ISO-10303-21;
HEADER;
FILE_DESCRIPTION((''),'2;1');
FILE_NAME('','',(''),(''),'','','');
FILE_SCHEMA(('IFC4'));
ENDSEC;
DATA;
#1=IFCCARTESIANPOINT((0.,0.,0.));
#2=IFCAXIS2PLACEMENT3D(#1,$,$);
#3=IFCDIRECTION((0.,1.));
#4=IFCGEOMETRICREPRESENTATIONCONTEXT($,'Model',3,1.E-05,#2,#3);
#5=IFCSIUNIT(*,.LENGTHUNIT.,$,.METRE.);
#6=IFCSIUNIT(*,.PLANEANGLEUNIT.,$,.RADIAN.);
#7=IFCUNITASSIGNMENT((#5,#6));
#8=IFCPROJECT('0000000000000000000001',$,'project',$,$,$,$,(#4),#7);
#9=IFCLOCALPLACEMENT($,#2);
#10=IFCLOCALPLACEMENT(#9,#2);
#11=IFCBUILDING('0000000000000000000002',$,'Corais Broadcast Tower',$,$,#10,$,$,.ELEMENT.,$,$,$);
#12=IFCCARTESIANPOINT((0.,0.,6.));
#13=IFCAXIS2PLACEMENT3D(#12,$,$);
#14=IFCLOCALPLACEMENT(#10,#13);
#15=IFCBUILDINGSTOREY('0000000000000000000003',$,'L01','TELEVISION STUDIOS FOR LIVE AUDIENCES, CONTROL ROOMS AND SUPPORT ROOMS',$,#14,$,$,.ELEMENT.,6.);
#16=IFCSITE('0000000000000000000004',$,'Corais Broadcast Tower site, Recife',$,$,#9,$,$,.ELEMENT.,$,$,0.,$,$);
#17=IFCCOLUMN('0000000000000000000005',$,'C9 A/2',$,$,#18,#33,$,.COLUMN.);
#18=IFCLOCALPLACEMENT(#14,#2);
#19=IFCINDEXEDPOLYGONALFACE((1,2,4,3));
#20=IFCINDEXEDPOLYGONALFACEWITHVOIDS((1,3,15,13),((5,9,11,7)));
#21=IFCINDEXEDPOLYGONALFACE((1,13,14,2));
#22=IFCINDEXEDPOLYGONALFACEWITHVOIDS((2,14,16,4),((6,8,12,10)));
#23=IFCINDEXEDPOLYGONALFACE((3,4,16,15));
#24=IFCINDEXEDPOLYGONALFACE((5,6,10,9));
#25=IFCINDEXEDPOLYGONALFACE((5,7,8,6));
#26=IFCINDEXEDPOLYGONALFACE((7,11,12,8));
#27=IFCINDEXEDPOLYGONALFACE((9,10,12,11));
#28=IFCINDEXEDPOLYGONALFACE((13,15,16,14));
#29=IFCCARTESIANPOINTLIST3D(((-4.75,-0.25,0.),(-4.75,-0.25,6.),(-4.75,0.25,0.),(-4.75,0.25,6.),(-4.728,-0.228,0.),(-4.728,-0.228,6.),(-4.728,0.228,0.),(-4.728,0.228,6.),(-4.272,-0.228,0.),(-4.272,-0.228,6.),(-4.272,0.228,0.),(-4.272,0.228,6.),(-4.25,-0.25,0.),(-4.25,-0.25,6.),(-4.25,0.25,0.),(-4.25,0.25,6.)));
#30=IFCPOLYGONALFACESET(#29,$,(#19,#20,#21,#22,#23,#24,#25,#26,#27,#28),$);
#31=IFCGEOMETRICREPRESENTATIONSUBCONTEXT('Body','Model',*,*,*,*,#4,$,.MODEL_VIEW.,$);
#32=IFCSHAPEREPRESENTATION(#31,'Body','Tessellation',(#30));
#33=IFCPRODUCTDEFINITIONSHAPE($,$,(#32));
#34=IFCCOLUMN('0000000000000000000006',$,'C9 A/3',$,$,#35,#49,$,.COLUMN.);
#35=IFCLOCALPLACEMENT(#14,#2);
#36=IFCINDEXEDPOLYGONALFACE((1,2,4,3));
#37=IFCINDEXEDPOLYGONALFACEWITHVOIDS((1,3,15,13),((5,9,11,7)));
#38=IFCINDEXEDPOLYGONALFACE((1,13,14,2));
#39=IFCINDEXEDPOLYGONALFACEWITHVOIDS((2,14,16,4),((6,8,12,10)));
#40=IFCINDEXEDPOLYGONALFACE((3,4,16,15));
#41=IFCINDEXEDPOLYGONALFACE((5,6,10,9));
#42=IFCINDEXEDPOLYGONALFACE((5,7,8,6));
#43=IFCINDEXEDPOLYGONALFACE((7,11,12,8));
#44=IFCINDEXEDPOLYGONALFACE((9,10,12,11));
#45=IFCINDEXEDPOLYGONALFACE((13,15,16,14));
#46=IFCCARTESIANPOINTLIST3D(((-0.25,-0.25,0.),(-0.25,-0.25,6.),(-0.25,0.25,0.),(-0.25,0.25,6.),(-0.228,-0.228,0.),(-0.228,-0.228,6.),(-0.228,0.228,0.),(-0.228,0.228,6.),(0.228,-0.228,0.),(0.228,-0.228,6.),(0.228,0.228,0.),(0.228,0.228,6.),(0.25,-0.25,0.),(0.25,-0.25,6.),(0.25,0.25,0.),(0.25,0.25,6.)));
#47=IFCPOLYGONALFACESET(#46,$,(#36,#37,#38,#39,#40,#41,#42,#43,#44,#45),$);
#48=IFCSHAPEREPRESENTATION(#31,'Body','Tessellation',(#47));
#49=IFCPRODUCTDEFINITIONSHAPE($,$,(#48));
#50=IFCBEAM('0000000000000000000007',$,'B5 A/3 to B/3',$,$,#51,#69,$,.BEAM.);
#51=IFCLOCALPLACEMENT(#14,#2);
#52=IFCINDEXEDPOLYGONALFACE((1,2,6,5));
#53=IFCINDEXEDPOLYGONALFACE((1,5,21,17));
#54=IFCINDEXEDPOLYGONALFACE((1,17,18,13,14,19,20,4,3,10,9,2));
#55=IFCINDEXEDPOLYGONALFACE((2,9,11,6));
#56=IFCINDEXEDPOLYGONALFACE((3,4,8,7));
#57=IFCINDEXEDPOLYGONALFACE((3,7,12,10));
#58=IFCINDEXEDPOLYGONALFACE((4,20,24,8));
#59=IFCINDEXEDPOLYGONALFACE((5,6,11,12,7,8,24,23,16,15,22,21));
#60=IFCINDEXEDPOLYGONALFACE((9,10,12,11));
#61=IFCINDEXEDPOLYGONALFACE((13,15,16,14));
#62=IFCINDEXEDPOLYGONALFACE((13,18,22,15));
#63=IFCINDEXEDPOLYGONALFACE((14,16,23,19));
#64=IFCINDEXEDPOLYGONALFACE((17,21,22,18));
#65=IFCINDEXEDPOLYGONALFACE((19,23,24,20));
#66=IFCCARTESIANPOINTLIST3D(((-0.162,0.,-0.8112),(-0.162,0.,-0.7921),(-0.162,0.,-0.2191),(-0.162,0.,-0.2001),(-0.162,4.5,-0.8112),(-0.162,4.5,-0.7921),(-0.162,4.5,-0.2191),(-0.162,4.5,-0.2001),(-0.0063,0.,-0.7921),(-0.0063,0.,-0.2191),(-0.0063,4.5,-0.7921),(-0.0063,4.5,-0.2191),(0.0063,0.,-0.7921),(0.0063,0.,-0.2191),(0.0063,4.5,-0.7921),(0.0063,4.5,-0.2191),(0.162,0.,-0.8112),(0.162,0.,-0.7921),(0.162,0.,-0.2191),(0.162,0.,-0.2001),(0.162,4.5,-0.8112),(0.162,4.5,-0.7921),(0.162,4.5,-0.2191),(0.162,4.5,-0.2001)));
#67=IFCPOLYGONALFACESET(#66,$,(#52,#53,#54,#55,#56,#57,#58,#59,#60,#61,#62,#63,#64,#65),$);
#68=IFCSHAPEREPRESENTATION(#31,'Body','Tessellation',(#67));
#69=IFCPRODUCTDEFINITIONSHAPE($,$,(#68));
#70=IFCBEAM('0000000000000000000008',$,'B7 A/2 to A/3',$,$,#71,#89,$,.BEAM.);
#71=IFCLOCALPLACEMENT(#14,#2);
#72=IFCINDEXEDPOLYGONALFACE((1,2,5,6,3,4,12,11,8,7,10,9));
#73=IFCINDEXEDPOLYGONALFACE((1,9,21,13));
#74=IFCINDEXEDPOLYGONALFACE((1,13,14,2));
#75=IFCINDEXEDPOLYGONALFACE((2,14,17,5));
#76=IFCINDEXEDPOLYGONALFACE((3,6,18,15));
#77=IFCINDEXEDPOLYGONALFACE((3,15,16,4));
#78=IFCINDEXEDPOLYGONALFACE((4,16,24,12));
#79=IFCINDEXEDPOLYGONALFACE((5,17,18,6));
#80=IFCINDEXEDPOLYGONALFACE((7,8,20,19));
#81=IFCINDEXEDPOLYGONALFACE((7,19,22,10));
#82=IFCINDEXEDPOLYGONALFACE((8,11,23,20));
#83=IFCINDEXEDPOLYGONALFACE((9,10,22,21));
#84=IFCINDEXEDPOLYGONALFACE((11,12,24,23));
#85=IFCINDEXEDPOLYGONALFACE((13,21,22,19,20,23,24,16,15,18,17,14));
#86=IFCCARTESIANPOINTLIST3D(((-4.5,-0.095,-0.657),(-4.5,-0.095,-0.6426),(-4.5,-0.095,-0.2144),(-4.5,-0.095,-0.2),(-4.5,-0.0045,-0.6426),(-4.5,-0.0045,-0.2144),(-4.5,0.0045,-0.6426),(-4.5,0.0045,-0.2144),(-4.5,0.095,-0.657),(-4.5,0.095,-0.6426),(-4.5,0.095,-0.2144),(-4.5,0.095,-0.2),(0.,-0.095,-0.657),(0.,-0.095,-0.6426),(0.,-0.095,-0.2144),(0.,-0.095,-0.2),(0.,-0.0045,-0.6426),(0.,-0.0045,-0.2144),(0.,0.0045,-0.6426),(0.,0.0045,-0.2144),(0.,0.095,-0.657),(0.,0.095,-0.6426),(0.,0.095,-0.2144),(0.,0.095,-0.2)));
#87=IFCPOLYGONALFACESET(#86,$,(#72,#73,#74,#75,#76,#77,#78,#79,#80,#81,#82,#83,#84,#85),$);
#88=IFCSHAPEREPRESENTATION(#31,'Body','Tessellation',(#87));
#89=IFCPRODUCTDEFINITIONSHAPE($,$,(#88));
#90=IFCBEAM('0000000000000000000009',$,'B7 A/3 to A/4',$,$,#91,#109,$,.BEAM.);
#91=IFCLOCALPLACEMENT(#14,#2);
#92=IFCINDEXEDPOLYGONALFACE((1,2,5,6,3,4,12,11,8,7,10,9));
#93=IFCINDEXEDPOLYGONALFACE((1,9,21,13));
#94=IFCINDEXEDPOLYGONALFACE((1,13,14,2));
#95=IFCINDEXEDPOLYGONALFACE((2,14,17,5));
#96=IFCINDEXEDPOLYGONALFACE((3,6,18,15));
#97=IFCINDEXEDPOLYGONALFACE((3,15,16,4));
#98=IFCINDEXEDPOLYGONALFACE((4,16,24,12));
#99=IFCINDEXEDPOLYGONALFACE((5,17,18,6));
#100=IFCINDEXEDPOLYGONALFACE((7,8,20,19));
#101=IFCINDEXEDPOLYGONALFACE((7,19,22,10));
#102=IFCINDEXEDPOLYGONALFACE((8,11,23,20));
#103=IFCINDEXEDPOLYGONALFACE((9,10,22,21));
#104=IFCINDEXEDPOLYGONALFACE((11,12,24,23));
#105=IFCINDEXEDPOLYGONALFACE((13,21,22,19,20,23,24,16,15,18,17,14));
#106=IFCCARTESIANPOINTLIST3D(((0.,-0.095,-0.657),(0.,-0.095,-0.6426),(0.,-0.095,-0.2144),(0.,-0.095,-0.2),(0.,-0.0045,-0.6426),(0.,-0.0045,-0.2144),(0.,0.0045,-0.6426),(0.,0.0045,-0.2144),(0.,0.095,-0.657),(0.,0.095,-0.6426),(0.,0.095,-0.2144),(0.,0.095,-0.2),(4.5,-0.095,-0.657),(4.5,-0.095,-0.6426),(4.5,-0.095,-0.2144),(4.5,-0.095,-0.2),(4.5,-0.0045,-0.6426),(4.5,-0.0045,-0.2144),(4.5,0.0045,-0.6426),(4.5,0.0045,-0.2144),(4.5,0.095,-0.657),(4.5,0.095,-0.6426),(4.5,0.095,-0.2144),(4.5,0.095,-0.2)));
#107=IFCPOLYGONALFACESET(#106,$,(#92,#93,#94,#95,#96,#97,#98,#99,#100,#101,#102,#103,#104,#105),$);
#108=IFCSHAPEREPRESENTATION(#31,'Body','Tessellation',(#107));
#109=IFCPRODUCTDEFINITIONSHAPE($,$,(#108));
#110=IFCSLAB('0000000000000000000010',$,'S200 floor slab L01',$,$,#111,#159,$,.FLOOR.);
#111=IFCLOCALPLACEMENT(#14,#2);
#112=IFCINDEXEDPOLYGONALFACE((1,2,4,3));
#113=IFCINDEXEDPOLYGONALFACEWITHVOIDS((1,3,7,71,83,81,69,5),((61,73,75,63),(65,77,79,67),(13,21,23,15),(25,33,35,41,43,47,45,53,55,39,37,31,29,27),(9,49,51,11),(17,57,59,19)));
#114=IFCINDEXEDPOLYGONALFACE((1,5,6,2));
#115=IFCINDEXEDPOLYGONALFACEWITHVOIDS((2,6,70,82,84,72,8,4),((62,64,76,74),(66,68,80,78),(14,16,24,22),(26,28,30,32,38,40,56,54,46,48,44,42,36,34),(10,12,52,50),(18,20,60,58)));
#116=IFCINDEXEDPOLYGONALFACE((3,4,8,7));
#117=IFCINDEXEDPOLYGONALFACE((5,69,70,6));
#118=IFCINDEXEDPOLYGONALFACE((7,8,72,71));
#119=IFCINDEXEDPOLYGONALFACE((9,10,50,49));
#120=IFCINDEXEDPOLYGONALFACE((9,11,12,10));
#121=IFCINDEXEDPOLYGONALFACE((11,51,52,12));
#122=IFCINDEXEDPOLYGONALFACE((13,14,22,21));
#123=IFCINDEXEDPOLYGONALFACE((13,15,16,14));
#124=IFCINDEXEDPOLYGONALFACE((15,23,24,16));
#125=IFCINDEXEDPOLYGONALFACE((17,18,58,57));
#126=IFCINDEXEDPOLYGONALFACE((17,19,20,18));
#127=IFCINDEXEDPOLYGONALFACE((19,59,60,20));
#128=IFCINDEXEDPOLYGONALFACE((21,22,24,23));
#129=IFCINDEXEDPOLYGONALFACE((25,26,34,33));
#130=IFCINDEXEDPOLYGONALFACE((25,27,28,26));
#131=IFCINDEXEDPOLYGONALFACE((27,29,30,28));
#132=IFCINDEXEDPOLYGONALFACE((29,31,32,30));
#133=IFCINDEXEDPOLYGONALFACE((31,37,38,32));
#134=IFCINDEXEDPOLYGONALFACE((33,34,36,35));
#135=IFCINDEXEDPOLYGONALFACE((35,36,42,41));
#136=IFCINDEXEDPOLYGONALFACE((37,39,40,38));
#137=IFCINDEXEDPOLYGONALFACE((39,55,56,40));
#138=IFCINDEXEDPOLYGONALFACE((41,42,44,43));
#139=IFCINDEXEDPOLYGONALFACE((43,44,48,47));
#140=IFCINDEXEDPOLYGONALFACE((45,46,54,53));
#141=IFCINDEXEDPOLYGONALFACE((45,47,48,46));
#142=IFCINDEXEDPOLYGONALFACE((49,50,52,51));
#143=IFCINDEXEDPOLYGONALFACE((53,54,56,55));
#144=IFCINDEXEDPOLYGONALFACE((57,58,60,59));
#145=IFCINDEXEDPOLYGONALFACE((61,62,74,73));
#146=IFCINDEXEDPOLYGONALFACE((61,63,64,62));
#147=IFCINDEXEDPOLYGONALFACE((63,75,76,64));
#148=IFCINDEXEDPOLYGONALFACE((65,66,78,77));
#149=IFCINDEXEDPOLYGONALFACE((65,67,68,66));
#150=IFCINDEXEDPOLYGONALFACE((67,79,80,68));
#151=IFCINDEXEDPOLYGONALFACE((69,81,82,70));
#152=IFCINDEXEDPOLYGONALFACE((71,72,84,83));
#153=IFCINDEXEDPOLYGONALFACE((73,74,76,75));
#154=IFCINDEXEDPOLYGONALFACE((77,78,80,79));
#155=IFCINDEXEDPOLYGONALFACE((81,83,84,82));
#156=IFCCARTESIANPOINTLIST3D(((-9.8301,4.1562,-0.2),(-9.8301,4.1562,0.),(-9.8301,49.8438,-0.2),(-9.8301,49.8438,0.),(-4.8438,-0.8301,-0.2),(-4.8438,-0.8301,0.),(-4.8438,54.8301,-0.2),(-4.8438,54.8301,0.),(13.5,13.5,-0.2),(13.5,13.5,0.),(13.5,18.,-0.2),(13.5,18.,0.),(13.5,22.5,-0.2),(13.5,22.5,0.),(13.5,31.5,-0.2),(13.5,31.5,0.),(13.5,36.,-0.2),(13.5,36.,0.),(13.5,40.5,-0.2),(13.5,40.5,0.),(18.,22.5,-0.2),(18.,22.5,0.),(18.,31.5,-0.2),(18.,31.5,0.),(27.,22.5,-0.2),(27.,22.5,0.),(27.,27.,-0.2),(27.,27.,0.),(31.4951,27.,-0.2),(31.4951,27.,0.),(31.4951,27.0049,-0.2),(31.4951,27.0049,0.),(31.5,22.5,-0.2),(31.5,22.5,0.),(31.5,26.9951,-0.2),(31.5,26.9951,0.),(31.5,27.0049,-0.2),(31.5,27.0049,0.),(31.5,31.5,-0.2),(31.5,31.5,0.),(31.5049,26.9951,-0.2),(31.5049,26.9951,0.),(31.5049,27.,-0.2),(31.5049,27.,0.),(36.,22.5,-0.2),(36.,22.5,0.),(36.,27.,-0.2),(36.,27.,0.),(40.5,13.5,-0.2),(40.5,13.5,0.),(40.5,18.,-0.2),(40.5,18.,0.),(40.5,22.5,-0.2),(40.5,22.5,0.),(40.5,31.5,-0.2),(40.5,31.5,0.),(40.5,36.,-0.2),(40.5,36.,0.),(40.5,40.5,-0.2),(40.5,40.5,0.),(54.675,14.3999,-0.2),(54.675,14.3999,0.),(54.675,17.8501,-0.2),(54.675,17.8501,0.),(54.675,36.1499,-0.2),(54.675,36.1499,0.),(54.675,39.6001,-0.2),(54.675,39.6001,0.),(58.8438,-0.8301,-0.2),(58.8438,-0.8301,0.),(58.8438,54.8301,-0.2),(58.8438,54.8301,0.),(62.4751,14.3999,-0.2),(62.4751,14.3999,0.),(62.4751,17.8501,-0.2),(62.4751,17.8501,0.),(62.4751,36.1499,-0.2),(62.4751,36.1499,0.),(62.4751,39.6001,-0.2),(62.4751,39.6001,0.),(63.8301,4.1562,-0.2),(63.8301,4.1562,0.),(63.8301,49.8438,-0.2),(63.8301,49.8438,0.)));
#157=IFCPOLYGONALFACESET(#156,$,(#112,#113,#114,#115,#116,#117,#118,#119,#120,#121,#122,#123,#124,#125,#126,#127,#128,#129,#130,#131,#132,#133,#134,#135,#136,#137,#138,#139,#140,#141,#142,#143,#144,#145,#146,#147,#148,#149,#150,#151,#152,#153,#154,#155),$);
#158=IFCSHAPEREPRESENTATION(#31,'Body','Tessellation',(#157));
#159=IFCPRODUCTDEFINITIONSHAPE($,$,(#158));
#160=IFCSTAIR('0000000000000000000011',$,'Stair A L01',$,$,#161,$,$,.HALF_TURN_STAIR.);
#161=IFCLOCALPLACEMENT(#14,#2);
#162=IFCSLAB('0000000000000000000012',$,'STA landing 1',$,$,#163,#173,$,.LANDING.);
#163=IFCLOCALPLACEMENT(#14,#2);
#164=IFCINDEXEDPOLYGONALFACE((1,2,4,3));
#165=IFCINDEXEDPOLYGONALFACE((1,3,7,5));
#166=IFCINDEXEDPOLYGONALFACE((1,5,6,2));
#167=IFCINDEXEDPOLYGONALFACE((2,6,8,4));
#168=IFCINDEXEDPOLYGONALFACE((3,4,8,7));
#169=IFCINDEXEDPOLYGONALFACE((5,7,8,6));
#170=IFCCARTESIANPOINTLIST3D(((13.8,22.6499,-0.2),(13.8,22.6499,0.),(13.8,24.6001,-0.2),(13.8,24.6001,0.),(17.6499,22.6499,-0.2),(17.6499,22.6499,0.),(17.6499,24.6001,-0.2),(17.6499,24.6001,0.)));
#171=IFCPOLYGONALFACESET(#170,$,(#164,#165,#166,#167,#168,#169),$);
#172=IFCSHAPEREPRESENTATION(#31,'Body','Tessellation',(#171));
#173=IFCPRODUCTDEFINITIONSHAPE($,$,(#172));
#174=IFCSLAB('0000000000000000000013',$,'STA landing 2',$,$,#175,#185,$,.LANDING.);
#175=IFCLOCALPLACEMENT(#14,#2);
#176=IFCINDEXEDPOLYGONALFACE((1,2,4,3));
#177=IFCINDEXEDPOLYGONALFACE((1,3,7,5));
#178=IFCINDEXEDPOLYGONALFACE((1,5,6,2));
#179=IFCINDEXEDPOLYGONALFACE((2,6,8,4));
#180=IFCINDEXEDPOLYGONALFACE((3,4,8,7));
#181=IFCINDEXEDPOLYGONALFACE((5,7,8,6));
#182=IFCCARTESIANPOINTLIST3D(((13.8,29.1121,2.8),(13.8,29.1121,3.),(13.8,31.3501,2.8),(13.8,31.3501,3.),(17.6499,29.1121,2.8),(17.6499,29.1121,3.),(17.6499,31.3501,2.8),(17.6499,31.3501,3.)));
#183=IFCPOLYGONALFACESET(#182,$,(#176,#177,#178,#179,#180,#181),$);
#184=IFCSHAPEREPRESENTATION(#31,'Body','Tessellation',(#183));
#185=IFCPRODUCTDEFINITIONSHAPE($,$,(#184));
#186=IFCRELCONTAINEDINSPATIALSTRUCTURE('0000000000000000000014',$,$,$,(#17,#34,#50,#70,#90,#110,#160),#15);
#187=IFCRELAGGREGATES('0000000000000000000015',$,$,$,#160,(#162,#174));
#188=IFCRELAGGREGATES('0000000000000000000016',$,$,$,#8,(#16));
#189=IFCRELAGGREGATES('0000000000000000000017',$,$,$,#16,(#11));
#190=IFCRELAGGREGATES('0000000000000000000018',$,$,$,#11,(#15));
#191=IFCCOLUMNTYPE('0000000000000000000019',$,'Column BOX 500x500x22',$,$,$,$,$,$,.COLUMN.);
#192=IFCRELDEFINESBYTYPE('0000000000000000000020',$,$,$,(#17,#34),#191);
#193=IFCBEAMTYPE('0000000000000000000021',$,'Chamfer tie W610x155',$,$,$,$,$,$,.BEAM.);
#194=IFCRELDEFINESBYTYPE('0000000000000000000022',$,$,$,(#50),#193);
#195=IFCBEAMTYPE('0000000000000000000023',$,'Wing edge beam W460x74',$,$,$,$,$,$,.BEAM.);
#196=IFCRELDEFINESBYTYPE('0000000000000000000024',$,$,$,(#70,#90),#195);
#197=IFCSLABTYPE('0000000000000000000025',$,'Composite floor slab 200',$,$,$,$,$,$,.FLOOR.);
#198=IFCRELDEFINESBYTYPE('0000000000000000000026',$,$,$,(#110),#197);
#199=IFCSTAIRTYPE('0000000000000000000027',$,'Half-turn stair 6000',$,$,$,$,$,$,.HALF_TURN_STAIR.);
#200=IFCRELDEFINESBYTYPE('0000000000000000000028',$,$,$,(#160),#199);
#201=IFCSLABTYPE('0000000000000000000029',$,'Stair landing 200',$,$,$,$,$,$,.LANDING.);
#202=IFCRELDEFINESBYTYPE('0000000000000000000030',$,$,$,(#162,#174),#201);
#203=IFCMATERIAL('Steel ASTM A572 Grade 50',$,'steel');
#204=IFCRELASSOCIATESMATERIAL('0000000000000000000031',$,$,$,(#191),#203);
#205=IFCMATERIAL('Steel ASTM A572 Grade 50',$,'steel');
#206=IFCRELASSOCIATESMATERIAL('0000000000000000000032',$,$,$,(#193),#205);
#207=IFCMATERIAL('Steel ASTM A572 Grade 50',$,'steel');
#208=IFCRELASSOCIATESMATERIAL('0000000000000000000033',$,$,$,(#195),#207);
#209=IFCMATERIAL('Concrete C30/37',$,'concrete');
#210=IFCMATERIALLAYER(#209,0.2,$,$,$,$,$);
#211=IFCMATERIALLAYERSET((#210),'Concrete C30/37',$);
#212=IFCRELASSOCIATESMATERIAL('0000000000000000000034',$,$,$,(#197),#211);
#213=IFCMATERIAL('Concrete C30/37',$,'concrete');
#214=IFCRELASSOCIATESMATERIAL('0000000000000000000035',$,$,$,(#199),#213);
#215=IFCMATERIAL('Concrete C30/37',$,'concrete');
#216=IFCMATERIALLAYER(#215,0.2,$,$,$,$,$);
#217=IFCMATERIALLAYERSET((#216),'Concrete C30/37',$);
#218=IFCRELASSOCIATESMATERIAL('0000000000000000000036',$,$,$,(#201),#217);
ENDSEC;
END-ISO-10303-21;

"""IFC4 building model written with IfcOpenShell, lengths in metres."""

from ifc_helpers import new_model, si_unit, direction, frame, origin, origin_2d, place, context, subcontext, project, spatial, polyline, hollow_rectangle, i_section, outline, extrude, material, layer, layer_set, material_profile, profile_set, type_object, element, aggregate, save


model = new_model("IFC4")

# Units and contexts
model_context = context("Model", 3, precision=1e-05, world=origin(), true_north=direction((0.0, 1.0)))
body_context = subcontext(model_context, "Body", "Model", "MODEL_VIEW")
ifc_project = project(units=[si_unit("LENGTHUNIT", "METRE"), si_unit("PLANEANGLEUNIT", "RADIAN")], contexts=[model_context])

# Site, building, storey
site_placement = place(None, origin())
site = spatial("IfcSite", under=ifc_project, at=site_placement, Name="Corais Broadcast Tower site, Recife", CompositionType="ELEMENT", RefElevation=0.0)
building_placement = place(site_placement, origin())
building = spatial("IfcBuilding", under=site, at=building_placement, Name="Corais Broadcast Tower", CompositionType="ELEMENT")
storey_placement = place(building_placement, frame((0.0, 0.0, 6.0)))
storey = spatial("IfcBuildingStorey", under=building, at=storey_placement, Name="L01", Description="TELEVISION STUDIOS FOR LIVE AUDIENCES, CONTROL ROOMS AND SUPPORT ROOMS", CompositionType="ELEMENT", Elevation=6.0)

# Columns
ifc_material_1 = material(Name="Steel ASTM A572 Grade 50", Category="steel")
ifc_material_profile_1 = material_profile(ifc_material_1, hollow_rectangle(XDim=0.5, YDim=0.5, WallThickness=0.022, at=origin_2d()), Name="BOX 500x500x22")
ifc_profile_set_1 = profile_set([ifc_material_profile_1], Name="Steel ASTM A572 Grade 50")
column_type = type_object("IfcColumnType", Name="Column BOX 500x500x22", PredefinedType="COLUMN", material=ifc_profile_set_1)
for number, where, z_axis, x_axis, name in (
    (1, (-4.5, 0.0, 0.0), (0.0, 0.0, 1.0), (1.0, 0.0, 0.0), "C9 A/2"),
    (2, (0.0, 0.0, 0.0), (0.0, 0.0, 1.0), (1.0, 0.0, 0.0), "C9 A/3"),
):
    element("IfcColumn", number, at=place(storey_placement, frame(where, z_axis=z_axis, x_axis=x_axis)), inside=storey, type_object=column_type, Name=name, PredefinedType="COLUMN", context=body_context, shape_type="SweptSolid", body=[
        extrude(hollow_rectangle(XDim=0.5, YDim=0.5, WallThickness=0.022, at=origin_2d()), origin(), (0.0, 0.0, 1.0), 6.0),
    ])

# Beams
ifc_material_2 = material(Name="Steel ASTM A572 Grade 50", Category="steel")
ifc_material_profile_2 = material_profile(ifc_material_2, i_section(OverallWidth=0.324, OverallDepth=0.6111, WebThickness=0.0127, FlangeThickness=0.019, at=origin_2d()), Name="W610x155")
ifc_profile_set_2 = profile_set([ifc_material_profile_2], Name="Steel ASTM A572 Grade 50")
beam_type_1 = type_object("IfcBeamType", Name="Chamfer tie W610x155", PredefinedType="BEAM", material=ifc_profile_set_2)
beam_placement = place(storey_placement, frame((0.0, 0.0, -0.5056), z_axis=(0.0, 1.0, 0.0), x_axis=(-1.0, 0.0, 0.0)))
element("IfcBeam", 3, at=beam_placement, inside=storey, type_object=beam_type_1, Name="B5 A/3 to B/3", PredefinedType="BEAM", context=body_context, shape_type="SweptSolid", body=[
    extrude(i_section(OverallWidth=0.324, OverallDepth=0.6111, WebThickness=0.0127, FlangeThickness=0.019, at=origin_2d()), origin(), (0.0, 0.0, 1.0), 4.5),
])
ifc_material_3 = material(Name="Steel ASTM A572 Grade 50", Category="steel")
ifc_material_profile_3 = material_profile(ifc_material_3, i_section(OverallWidth=0.1899, OverallDepth=0.457, WebThickness=0.009, FlangeThickness=0.0144, at=origin_2d()), Name="W460x74")
ifc_profile_set_3 = profile_set([ifc_material_profile_3], Name="Steel ASTM A572 Grade 50")
beam_type_2 = type_object("IfcBeamType", Name="Wing edge beam W460x74", PredefinedType="BEAM", material=ifc_profile_set_3)
for number, where, z_axis, x_axis, name in (
    (4, (-4.5, 0.0, -0.4285), (1.0, 0.0, 0.0), (0.0, 1.0, 0.0), "B7 A/2 to A/3"),
    (5, (0.0, 0.0, -0.4285), (1.0, 0.0, 0.0), (0.0, 1.0, 0.0), "B7 A/3 to A/4"),
):
    element("IfcBeam", number, at=place(storey_placement, frame(where, z_axis=z_axis, x_axis=x_axis)), inside=storey, type_object=beam_type_2, Name=name, PredefinedType="BEAM", context=body_context, shape_type="SweptSolid", body=[
        extrude(i_section(OverallWidth=0.1899, OverallDepth=0.457, WebThickness=0.009, FlangeThickness=0.0144, at=origin_2d()), origin(), (0.0, 0.0, 1.0), 4.5),
    ])

# Slab
ifc_material_4 = material(Name="Concrete C30/37", Category="concrete")
ifc_layer_1 = layer(ifc_material_4, 0.2)
ifc_layer_set_1 = layer_set([ifc_layer_1], Name="Concrete C30/37")
slab_type_1 = type_object("IfcSlabType", Name="Composite floor slab 200", PredefinedType="FLOOR", material=ifc_layer_set_1)
slab_1_placement = place(storey_placement, frame((0.0, 0.0, -0.2)))
element("IfcSlab", 6, at=slab_1_placement, inside=storey, type_object=slab_type_1, Name="S200 floor slab L01", PredefinedType="FLOOR", context=body_context, shape_type="SweptSolid", body=[
    extrude(outline(polyline([(-4.8438, -0.8301), (-9.8301, 4.1562), (-9.8301, 49.8438), (-4.8438, 54.8301), (58.8438, 54.8301), (63.8301, 49.8438), (63.8301, 4.1562), (58.8438, -0.8301), (-4.8438, -0.8301)]), holes=[polyline([(13.5, 18.0), (40.5, 18.0), (40.5, 13.5), (13.5, 13.5), (13.5, 18.0)]), polyline([(18.0, 22.5), (13.5, 22.5), (13.5, 31.5), (18.0, 31.5), (18.0, 22.5)]), polyline([(13.5, 40.5), (40.5, 40.5), (40.5, 36.0), (13.5, 36.0), (13.5, 40.5)]), polyline([(27.0, 22.5), (27.0, 27.0), (31.4951, 27.0), (31.4951, 27.0049), (31.5, 27.0049), (31.5, 31.5), (40.5, 31.5), (40.5, 22.5), (36.0, 22.5), (36.0, 27.0), (31.5049, 27.0), (31.5049, 26.9951), (31.5, 26.9951), (31.5, 22.5), (27.0, 22.5)]), polyline([(54.675, 14.3999), (54.675, 17.8501), (62.4751, 17.8501), (62.4751, 14.3999), (54.675, 14.3999)]), polyline([(54.675, 36.1499), (54.675, 39.6001), (62.4751, 39.6001), (62.4751, 36.1499), (54.675, 36.1499)])]), origin(), (0.0, 0.0, 1.0), 0.2),
])

# Stair, slabs
ifc_material_5 = material(Name="Concrete C30/37", Category="concrete")
stair_type_1 = type_object("IfcStairType", Name="Half-turn stair 6000", PredefinedType="HALF_TURN_STAIR", material=ifc_material_5)
stair_1_placement = place(storey_placement, origin())
stair_1 = element("IfcStair", 7, at=stair_1_placement, inside=storey, type_object=stair_type_1, Name="Stair A L01", PredefinedType="HALF_TURN_STAIR")
ifc_material_6 = material(Name="Concrete C30/37", Category="concrete")
ifc_layer_2 = layer(ifc_material_6, 0.2)
ifc_layer_set_2 = layer_set([ifc_layer_2], Name="Concrete C30/37")
slab_type_2 = type_object("IfcSlabType", Name="Stair landing 200", PredefinedType="LANDING", material=ifc_layer_set_2)
slab_2_placement = place(storey_placement, frame((0.0, 0.0, -0.2)))
slab_2 = element("IfcSlab", 8, at=slab_2_placement, type_object=slab_type_2, Name="STA landing 1", PredefinedType="LANDING", context=body_context, shape_type="SweptSolid", body=[
    extrude(outline(polyline([(13.8, 22.6499), (17.6499, 22.6499), (17.6499, 24.6001), (13.8, 24.6001), (13.8, 22.6499)])), origin(), (0.0, 0.0, 1.0), 0.2),
])
slab_3_placement = place(storey_placement, frame((0.0, 0.0, 2.8)))
slab_3 = element("IfcSlab", 9, at=slab_3_placement, type_object=slab_type_2, Name="STA landing 2", PredefinedType="LANDING", context=body_context, shape_type="SweptSolid", body=[
    extrude(outline(polyline([(13.8, 29.1121), (17.6499, 29.1121), (17.6499, 31.3501), (13.8, 31.3501), (13.8, 29.1121)])), origin(), (0.0, 0.0, 1.0), 0.2),
])
aggregate(stair_1, [slab_2, slab_3])

save(model, "model.ifc")
